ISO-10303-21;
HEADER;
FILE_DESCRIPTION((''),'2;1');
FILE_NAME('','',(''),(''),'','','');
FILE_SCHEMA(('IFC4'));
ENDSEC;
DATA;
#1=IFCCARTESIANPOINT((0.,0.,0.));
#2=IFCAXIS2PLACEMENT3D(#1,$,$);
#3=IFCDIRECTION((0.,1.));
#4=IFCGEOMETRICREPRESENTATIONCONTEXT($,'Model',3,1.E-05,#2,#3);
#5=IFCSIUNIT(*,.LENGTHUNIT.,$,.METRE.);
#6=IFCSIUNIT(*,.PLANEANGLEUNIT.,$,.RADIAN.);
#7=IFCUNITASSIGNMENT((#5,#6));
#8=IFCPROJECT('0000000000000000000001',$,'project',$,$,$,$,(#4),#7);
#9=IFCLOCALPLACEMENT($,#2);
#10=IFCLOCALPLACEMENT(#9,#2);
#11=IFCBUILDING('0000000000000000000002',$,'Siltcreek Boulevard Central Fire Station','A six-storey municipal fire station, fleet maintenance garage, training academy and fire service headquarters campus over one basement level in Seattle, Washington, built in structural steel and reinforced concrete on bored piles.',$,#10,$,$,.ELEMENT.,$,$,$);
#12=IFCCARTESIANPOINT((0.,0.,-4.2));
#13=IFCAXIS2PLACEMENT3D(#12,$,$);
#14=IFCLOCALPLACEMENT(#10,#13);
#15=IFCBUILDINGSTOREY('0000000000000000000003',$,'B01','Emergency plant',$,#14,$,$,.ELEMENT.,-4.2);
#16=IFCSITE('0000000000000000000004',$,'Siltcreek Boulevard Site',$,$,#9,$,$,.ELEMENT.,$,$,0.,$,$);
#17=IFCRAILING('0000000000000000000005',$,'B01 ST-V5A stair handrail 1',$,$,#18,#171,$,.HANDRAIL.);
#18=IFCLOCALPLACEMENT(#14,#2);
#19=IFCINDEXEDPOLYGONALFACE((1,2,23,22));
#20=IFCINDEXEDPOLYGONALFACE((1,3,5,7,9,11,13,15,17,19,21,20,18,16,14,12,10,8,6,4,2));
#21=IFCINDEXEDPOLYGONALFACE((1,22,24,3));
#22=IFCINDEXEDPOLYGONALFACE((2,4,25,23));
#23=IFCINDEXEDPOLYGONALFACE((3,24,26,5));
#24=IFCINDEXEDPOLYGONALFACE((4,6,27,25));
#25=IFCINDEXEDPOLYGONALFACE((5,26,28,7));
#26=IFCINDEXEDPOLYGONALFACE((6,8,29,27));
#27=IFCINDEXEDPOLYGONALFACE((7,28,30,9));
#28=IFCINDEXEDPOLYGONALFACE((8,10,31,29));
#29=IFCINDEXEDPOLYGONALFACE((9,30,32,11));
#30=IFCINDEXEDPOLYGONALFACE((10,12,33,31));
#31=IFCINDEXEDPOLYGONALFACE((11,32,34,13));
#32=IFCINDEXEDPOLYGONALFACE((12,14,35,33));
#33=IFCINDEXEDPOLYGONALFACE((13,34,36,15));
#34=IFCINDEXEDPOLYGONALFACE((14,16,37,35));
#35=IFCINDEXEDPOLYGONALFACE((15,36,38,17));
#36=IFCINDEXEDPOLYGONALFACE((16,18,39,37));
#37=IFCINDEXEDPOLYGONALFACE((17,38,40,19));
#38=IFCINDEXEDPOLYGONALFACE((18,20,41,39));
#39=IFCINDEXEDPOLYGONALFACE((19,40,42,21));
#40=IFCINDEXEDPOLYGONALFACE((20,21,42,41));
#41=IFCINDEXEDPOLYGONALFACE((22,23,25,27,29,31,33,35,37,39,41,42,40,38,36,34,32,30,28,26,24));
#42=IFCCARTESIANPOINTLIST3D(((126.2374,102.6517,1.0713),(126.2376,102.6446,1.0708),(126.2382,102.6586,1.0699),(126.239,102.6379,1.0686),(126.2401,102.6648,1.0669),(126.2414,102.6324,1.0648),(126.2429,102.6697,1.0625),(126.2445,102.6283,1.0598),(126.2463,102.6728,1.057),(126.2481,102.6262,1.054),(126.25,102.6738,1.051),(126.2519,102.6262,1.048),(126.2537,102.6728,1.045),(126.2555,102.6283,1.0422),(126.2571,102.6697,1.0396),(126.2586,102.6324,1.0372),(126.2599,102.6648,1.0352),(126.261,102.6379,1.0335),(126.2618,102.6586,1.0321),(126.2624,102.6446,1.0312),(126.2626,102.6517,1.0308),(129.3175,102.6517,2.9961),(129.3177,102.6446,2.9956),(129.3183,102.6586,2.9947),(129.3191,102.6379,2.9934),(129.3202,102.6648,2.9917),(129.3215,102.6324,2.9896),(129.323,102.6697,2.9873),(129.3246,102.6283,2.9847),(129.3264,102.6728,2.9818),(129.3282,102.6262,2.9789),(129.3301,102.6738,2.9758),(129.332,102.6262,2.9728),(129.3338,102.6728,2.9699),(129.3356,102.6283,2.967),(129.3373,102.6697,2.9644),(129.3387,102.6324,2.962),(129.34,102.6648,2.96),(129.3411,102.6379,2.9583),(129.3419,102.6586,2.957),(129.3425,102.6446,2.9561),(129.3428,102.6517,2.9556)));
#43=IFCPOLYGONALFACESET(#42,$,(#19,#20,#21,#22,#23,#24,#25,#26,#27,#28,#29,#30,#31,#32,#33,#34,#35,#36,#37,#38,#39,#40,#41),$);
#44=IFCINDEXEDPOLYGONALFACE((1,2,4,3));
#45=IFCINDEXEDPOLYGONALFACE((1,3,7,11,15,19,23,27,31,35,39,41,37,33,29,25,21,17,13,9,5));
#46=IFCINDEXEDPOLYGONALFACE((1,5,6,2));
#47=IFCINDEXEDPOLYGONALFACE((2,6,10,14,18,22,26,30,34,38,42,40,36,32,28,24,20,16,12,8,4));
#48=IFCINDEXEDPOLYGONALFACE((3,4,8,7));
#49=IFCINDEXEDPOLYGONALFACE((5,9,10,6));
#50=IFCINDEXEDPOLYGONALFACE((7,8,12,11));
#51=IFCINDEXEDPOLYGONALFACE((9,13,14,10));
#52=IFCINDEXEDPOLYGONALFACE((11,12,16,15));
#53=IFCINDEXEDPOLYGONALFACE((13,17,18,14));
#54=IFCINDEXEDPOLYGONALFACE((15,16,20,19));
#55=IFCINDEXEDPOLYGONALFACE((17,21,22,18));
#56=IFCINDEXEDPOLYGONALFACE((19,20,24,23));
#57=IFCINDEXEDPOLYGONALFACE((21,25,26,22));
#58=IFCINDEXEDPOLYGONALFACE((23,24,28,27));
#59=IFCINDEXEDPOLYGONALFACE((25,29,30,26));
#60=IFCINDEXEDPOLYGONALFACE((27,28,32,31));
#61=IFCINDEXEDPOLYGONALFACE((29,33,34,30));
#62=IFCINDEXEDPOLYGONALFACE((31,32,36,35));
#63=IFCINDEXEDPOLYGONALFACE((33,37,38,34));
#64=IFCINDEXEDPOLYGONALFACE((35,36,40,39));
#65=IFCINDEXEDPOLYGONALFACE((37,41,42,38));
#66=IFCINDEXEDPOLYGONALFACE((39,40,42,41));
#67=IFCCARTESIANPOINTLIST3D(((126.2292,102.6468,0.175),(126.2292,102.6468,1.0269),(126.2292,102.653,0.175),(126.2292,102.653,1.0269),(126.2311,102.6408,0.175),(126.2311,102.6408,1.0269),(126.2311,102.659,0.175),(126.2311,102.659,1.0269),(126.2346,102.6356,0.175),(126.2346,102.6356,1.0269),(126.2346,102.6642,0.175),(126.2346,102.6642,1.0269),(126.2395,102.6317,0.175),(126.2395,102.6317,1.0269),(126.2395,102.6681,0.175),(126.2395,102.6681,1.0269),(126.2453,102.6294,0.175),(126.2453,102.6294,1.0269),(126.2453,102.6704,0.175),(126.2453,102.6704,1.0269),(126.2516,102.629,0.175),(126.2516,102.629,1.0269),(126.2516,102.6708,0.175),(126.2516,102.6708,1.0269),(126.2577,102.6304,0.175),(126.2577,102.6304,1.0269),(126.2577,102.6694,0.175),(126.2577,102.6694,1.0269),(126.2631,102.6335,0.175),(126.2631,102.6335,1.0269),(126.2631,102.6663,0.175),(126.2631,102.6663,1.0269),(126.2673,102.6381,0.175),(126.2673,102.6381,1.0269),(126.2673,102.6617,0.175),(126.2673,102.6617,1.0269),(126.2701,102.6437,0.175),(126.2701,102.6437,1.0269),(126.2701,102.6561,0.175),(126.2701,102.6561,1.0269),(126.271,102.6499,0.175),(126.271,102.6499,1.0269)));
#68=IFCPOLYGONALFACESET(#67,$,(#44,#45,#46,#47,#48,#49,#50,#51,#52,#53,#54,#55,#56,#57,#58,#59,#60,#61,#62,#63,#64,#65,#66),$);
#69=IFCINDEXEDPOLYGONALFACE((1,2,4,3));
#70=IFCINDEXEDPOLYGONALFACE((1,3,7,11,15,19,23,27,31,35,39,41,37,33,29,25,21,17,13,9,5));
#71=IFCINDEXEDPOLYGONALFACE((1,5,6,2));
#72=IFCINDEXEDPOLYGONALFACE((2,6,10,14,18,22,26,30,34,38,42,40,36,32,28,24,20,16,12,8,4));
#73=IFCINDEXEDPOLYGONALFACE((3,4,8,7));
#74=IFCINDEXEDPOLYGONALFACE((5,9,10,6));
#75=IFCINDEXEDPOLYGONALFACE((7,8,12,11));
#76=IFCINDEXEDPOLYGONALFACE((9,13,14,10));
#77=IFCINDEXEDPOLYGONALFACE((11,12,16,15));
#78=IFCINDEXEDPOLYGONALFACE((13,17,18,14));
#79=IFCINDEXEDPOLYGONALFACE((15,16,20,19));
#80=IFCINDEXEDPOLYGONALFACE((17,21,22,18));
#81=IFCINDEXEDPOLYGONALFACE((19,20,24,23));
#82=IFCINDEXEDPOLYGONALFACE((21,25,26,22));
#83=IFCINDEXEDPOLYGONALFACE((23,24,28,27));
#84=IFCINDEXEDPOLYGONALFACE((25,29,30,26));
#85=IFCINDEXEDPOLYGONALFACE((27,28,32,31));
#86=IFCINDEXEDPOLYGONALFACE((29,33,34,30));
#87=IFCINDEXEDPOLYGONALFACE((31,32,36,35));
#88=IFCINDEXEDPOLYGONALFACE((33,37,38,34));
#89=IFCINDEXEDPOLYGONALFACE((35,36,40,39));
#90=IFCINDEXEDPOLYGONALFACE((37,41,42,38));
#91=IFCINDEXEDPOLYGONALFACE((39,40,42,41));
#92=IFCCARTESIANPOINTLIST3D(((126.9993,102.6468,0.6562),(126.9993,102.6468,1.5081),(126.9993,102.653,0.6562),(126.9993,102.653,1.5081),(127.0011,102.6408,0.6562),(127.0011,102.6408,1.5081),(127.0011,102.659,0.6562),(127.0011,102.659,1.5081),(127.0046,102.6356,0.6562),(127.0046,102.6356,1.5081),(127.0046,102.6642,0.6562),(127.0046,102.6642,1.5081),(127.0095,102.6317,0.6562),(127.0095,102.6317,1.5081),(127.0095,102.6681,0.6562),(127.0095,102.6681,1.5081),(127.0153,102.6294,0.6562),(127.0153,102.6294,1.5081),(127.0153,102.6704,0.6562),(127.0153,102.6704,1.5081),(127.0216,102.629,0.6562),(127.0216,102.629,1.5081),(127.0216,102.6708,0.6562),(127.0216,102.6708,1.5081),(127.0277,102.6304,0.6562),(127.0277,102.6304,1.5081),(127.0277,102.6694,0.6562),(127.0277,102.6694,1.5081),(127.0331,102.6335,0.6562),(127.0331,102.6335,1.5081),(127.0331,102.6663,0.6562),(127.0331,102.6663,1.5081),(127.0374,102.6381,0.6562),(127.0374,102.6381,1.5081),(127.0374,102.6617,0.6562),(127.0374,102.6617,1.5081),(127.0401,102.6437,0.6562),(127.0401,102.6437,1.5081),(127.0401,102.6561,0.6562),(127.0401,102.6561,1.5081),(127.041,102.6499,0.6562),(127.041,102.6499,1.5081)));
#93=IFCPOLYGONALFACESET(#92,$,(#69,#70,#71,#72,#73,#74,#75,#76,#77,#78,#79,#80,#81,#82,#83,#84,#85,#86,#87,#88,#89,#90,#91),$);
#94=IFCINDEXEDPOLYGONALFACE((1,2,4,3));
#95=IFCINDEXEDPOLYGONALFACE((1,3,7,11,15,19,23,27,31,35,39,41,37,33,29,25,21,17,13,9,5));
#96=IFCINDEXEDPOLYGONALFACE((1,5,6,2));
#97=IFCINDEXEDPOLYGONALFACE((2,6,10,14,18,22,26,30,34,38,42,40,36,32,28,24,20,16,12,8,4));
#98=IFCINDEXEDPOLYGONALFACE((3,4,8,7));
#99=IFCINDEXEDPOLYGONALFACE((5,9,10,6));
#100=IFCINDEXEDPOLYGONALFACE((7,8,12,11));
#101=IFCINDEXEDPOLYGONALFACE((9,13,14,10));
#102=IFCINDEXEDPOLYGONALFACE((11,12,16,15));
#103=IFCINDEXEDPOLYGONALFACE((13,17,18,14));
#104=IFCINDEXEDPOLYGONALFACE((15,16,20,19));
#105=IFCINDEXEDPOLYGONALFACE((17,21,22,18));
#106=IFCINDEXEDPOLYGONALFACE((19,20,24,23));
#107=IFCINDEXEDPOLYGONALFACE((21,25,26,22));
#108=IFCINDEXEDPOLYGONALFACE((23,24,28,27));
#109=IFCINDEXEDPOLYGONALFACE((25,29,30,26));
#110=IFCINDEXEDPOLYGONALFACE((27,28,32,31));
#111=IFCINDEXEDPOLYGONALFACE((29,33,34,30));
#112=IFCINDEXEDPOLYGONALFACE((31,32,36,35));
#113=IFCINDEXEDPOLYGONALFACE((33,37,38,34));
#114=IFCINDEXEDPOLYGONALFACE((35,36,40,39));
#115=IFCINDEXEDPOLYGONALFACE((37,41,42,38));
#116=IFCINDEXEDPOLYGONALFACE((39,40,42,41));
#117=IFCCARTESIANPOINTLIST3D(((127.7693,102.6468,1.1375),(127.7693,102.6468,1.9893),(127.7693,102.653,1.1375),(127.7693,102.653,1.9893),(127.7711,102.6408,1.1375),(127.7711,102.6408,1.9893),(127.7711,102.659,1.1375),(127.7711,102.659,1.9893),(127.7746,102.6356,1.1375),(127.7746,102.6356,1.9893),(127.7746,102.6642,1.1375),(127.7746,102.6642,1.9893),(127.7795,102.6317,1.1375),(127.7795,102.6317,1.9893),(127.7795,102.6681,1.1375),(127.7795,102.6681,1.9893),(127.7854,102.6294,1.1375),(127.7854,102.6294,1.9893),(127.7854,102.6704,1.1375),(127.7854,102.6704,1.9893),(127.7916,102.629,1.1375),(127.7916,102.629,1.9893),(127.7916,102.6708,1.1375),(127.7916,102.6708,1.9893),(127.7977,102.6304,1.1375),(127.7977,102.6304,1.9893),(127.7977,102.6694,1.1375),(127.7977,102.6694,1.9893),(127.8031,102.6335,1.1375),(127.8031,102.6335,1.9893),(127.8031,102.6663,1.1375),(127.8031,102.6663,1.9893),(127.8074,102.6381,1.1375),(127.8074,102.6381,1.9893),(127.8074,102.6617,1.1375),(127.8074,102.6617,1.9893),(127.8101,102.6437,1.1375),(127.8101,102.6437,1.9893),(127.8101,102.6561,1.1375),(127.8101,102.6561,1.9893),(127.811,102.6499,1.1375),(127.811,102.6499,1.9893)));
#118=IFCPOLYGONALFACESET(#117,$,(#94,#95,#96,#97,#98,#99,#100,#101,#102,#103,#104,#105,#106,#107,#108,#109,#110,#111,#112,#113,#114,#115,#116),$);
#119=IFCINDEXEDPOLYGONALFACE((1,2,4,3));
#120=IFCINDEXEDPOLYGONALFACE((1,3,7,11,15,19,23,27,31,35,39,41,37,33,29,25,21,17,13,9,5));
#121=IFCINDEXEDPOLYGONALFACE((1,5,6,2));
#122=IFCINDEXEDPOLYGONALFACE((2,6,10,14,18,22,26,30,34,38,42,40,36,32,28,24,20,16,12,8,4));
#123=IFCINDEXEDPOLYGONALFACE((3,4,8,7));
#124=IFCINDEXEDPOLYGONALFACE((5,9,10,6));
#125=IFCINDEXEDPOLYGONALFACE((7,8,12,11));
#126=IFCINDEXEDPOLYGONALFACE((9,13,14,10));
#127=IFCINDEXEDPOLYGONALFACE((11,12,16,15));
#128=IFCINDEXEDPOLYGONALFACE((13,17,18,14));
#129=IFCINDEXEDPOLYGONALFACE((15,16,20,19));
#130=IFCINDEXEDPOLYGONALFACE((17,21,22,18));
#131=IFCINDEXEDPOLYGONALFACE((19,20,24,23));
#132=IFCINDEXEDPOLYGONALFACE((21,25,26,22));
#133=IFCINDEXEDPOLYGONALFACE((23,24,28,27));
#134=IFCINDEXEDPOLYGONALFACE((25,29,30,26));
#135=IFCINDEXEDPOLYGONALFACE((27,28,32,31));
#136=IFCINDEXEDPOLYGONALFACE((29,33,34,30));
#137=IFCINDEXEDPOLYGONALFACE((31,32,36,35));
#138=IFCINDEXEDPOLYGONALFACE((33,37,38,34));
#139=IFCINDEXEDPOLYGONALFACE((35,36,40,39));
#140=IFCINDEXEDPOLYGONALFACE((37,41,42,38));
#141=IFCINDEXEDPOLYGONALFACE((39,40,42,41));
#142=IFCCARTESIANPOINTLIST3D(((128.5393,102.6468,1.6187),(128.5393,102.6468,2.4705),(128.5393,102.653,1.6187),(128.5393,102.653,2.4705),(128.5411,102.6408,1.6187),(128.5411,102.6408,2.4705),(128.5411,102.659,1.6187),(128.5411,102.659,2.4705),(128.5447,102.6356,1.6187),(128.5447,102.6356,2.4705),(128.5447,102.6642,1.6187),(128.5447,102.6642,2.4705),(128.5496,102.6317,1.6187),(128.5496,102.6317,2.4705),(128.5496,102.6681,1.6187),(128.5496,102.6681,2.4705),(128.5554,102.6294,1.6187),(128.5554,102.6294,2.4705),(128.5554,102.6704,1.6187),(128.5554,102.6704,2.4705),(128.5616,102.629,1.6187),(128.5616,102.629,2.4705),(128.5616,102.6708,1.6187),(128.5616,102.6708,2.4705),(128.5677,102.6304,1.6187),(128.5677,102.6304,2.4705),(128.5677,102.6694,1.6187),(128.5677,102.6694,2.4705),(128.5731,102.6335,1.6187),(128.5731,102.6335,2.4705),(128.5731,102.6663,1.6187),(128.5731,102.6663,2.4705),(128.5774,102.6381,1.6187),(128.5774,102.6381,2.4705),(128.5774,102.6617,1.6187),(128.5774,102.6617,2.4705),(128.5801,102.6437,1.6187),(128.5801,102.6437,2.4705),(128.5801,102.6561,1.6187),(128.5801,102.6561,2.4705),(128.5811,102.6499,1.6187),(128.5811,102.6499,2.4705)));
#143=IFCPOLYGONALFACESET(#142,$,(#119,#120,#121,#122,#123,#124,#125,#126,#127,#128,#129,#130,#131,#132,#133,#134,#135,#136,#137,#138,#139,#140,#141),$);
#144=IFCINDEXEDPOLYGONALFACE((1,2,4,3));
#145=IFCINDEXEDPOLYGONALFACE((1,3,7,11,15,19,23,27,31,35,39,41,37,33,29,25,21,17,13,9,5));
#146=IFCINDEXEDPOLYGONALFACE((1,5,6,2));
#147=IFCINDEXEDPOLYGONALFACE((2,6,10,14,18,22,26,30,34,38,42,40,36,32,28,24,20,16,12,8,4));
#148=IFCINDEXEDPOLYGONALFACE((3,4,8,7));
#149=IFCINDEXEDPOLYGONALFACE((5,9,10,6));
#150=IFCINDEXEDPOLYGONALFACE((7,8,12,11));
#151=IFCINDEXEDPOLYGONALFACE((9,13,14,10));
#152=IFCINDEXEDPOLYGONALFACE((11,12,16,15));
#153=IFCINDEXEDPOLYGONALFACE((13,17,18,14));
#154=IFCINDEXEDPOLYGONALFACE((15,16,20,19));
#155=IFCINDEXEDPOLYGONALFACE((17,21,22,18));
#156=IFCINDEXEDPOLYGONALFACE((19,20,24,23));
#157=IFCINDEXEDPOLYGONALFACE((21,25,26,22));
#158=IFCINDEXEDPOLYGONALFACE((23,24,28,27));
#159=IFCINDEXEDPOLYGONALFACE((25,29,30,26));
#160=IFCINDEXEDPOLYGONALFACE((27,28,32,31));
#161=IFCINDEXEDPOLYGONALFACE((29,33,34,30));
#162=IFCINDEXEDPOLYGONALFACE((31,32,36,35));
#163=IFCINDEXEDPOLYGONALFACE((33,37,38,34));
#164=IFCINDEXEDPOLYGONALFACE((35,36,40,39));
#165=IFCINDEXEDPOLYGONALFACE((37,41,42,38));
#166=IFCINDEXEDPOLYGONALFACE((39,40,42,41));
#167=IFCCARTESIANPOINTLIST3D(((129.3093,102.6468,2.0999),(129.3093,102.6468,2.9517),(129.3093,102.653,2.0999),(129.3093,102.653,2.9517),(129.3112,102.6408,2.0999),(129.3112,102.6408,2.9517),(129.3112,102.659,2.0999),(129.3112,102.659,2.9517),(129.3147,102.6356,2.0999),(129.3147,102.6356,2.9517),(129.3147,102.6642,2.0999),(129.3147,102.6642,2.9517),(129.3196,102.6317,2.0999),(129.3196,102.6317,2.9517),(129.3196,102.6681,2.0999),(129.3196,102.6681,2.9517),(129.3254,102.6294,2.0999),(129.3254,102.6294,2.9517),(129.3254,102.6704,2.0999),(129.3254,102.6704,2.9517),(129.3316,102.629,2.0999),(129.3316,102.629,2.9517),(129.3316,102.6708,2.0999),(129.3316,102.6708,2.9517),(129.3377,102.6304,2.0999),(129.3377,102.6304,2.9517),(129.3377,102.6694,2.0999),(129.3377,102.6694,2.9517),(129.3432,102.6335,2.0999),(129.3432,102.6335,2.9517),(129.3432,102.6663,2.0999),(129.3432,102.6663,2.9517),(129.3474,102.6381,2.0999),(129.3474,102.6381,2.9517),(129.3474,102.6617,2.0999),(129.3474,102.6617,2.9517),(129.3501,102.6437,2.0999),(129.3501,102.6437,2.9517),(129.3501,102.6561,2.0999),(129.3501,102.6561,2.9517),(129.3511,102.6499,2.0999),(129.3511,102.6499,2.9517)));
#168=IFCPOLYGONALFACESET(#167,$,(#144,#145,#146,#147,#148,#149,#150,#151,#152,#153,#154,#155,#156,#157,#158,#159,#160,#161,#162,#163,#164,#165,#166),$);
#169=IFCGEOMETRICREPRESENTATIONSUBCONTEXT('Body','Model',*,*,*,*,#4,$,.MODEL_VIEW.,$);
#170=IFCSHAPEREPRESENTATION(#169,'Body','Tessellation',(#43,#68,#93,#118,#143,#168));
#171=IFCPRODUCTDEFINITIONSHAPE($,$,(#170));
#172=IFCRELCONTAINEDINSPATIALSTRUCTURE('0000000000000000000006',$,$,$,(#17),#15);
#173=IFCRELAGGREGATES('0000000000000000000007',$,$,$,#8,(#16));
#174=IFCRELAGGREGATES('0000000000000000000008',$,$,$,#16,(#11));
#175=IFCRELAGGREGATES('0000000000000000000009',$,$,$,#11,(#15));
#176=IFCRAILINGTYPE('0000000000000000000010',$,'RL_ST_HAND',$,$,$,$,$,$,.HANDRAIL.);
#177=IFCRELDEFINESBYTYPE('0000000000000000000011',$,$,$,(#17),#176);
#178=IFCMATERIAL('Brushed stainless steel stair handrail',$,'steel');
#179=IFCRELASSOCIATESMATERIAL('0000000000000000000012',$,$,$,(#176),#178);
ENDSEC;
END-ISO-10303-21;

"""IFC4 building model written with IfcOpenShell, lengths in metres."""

from ifc_helpers import new_model, si_unit, direction, frame, origin, origin_2d, place, context, subcontext, project, spatial, circle, extrude, material, type_object, element, save


model = new_model("IFC4")

# Units and contexts
model_context = context("Model", 3, precision=1e-05, world=origin(), true_north=direction((0.0, 1.0)))
body_context = subcontext(model_context, "Body", "Model", "MODEL_VIEW")
ifc_project = project(units=[si_unit("LENGTHUNIT", "METRE"), si_unit("PLANEANGLEUNIT", "RADIAN")], contexts=[model_context])

# Site, building, storey
site_placement = place(None, origin())
site = spatial("IfcSite", under=ifc_project, at=site_placement, Name="Siltcreek Boulevard Site", CompositionType="ELEMENT", RefElevation=0.0)
building_placement = place(site_placement, origin())
building = spatial("IfcBuilding", under=site, at=building_placement, Name="Siltcreek Boulevard Central Fire Station", Description="A six-storey municipal fire station, fleet maintenance garage, training academy and fire service headquarters campus over one basement level in Seattle, Washington, built in structural steel and reinforced concrete on bored piles.", CompositionType="ELEMENT")
storey_placement = place(building_placement, frame((0.0, 0.0, -4.2)))
storey = spatial("IfcBuildingStorey", under=building, at=storey_placement, Name="B01", Description="Emergency plant", CompositionType="ELEMENT", Elevation=-4.2)

# Railing
ifc_material_1 = material(Name="Brushed stainless steel stair handrail", Category="steel")
railing_type_1 = type_object("IfcRailingType", Name="RL_ST_HAND", PredefinedType="HANDRAIL", material=ifc_material_1)
railing_1_placement = place(storey_placement, frame((126.25, 102.6499, 0.175)))
element("IfcRailing", 1, at=railing_1_placement, inside=storey, type_object=railing_type_1, Name="B01 ST-V5A stair handrail 1", PredefinedType="HANDRAIL", context=body_context, shape_type="SweptSolid", body=[
    extrude(circle(Radius=0.0239, at=origin_2d()), frame((0.0, 0.0, 0.876), z_axis=(0.848029, 0.0, 0.529951), x_axis=(0.0, 1.0, 0.0)), (0.0, 0.0, 1.0), 3.6321),
    extrude(circle(Radius=0.021, at=origin_2d()), origin(), (0.0, 0.0, 1.0), 0.8518),
    extrude(circle(Radius=0.021, at=origin_2d()), frame((0.77, 0.0, 0.4812)), (0.0, 0.0, 1.0), 0.8518),
    extrude(circle(Radius=0.021, at=origin_2d()), frame((1.54, 0.0, 0.9624)), (0.0, 0.0, 1.0), 0.8518),
    extrude(circle(Radius=0.021, at=origin_2d()), frame((2.3101, 0.0, 1.4436)), (0.0, 0.0, 1.0), 0.8518),
    extrude(circle(Radius=0.021, at=origin_2d()), frame((3.0801, 0.0, 1.9248)), (0.0, 0.0, 1.0), 0.8518),
])

save(model, "model.ifc")
